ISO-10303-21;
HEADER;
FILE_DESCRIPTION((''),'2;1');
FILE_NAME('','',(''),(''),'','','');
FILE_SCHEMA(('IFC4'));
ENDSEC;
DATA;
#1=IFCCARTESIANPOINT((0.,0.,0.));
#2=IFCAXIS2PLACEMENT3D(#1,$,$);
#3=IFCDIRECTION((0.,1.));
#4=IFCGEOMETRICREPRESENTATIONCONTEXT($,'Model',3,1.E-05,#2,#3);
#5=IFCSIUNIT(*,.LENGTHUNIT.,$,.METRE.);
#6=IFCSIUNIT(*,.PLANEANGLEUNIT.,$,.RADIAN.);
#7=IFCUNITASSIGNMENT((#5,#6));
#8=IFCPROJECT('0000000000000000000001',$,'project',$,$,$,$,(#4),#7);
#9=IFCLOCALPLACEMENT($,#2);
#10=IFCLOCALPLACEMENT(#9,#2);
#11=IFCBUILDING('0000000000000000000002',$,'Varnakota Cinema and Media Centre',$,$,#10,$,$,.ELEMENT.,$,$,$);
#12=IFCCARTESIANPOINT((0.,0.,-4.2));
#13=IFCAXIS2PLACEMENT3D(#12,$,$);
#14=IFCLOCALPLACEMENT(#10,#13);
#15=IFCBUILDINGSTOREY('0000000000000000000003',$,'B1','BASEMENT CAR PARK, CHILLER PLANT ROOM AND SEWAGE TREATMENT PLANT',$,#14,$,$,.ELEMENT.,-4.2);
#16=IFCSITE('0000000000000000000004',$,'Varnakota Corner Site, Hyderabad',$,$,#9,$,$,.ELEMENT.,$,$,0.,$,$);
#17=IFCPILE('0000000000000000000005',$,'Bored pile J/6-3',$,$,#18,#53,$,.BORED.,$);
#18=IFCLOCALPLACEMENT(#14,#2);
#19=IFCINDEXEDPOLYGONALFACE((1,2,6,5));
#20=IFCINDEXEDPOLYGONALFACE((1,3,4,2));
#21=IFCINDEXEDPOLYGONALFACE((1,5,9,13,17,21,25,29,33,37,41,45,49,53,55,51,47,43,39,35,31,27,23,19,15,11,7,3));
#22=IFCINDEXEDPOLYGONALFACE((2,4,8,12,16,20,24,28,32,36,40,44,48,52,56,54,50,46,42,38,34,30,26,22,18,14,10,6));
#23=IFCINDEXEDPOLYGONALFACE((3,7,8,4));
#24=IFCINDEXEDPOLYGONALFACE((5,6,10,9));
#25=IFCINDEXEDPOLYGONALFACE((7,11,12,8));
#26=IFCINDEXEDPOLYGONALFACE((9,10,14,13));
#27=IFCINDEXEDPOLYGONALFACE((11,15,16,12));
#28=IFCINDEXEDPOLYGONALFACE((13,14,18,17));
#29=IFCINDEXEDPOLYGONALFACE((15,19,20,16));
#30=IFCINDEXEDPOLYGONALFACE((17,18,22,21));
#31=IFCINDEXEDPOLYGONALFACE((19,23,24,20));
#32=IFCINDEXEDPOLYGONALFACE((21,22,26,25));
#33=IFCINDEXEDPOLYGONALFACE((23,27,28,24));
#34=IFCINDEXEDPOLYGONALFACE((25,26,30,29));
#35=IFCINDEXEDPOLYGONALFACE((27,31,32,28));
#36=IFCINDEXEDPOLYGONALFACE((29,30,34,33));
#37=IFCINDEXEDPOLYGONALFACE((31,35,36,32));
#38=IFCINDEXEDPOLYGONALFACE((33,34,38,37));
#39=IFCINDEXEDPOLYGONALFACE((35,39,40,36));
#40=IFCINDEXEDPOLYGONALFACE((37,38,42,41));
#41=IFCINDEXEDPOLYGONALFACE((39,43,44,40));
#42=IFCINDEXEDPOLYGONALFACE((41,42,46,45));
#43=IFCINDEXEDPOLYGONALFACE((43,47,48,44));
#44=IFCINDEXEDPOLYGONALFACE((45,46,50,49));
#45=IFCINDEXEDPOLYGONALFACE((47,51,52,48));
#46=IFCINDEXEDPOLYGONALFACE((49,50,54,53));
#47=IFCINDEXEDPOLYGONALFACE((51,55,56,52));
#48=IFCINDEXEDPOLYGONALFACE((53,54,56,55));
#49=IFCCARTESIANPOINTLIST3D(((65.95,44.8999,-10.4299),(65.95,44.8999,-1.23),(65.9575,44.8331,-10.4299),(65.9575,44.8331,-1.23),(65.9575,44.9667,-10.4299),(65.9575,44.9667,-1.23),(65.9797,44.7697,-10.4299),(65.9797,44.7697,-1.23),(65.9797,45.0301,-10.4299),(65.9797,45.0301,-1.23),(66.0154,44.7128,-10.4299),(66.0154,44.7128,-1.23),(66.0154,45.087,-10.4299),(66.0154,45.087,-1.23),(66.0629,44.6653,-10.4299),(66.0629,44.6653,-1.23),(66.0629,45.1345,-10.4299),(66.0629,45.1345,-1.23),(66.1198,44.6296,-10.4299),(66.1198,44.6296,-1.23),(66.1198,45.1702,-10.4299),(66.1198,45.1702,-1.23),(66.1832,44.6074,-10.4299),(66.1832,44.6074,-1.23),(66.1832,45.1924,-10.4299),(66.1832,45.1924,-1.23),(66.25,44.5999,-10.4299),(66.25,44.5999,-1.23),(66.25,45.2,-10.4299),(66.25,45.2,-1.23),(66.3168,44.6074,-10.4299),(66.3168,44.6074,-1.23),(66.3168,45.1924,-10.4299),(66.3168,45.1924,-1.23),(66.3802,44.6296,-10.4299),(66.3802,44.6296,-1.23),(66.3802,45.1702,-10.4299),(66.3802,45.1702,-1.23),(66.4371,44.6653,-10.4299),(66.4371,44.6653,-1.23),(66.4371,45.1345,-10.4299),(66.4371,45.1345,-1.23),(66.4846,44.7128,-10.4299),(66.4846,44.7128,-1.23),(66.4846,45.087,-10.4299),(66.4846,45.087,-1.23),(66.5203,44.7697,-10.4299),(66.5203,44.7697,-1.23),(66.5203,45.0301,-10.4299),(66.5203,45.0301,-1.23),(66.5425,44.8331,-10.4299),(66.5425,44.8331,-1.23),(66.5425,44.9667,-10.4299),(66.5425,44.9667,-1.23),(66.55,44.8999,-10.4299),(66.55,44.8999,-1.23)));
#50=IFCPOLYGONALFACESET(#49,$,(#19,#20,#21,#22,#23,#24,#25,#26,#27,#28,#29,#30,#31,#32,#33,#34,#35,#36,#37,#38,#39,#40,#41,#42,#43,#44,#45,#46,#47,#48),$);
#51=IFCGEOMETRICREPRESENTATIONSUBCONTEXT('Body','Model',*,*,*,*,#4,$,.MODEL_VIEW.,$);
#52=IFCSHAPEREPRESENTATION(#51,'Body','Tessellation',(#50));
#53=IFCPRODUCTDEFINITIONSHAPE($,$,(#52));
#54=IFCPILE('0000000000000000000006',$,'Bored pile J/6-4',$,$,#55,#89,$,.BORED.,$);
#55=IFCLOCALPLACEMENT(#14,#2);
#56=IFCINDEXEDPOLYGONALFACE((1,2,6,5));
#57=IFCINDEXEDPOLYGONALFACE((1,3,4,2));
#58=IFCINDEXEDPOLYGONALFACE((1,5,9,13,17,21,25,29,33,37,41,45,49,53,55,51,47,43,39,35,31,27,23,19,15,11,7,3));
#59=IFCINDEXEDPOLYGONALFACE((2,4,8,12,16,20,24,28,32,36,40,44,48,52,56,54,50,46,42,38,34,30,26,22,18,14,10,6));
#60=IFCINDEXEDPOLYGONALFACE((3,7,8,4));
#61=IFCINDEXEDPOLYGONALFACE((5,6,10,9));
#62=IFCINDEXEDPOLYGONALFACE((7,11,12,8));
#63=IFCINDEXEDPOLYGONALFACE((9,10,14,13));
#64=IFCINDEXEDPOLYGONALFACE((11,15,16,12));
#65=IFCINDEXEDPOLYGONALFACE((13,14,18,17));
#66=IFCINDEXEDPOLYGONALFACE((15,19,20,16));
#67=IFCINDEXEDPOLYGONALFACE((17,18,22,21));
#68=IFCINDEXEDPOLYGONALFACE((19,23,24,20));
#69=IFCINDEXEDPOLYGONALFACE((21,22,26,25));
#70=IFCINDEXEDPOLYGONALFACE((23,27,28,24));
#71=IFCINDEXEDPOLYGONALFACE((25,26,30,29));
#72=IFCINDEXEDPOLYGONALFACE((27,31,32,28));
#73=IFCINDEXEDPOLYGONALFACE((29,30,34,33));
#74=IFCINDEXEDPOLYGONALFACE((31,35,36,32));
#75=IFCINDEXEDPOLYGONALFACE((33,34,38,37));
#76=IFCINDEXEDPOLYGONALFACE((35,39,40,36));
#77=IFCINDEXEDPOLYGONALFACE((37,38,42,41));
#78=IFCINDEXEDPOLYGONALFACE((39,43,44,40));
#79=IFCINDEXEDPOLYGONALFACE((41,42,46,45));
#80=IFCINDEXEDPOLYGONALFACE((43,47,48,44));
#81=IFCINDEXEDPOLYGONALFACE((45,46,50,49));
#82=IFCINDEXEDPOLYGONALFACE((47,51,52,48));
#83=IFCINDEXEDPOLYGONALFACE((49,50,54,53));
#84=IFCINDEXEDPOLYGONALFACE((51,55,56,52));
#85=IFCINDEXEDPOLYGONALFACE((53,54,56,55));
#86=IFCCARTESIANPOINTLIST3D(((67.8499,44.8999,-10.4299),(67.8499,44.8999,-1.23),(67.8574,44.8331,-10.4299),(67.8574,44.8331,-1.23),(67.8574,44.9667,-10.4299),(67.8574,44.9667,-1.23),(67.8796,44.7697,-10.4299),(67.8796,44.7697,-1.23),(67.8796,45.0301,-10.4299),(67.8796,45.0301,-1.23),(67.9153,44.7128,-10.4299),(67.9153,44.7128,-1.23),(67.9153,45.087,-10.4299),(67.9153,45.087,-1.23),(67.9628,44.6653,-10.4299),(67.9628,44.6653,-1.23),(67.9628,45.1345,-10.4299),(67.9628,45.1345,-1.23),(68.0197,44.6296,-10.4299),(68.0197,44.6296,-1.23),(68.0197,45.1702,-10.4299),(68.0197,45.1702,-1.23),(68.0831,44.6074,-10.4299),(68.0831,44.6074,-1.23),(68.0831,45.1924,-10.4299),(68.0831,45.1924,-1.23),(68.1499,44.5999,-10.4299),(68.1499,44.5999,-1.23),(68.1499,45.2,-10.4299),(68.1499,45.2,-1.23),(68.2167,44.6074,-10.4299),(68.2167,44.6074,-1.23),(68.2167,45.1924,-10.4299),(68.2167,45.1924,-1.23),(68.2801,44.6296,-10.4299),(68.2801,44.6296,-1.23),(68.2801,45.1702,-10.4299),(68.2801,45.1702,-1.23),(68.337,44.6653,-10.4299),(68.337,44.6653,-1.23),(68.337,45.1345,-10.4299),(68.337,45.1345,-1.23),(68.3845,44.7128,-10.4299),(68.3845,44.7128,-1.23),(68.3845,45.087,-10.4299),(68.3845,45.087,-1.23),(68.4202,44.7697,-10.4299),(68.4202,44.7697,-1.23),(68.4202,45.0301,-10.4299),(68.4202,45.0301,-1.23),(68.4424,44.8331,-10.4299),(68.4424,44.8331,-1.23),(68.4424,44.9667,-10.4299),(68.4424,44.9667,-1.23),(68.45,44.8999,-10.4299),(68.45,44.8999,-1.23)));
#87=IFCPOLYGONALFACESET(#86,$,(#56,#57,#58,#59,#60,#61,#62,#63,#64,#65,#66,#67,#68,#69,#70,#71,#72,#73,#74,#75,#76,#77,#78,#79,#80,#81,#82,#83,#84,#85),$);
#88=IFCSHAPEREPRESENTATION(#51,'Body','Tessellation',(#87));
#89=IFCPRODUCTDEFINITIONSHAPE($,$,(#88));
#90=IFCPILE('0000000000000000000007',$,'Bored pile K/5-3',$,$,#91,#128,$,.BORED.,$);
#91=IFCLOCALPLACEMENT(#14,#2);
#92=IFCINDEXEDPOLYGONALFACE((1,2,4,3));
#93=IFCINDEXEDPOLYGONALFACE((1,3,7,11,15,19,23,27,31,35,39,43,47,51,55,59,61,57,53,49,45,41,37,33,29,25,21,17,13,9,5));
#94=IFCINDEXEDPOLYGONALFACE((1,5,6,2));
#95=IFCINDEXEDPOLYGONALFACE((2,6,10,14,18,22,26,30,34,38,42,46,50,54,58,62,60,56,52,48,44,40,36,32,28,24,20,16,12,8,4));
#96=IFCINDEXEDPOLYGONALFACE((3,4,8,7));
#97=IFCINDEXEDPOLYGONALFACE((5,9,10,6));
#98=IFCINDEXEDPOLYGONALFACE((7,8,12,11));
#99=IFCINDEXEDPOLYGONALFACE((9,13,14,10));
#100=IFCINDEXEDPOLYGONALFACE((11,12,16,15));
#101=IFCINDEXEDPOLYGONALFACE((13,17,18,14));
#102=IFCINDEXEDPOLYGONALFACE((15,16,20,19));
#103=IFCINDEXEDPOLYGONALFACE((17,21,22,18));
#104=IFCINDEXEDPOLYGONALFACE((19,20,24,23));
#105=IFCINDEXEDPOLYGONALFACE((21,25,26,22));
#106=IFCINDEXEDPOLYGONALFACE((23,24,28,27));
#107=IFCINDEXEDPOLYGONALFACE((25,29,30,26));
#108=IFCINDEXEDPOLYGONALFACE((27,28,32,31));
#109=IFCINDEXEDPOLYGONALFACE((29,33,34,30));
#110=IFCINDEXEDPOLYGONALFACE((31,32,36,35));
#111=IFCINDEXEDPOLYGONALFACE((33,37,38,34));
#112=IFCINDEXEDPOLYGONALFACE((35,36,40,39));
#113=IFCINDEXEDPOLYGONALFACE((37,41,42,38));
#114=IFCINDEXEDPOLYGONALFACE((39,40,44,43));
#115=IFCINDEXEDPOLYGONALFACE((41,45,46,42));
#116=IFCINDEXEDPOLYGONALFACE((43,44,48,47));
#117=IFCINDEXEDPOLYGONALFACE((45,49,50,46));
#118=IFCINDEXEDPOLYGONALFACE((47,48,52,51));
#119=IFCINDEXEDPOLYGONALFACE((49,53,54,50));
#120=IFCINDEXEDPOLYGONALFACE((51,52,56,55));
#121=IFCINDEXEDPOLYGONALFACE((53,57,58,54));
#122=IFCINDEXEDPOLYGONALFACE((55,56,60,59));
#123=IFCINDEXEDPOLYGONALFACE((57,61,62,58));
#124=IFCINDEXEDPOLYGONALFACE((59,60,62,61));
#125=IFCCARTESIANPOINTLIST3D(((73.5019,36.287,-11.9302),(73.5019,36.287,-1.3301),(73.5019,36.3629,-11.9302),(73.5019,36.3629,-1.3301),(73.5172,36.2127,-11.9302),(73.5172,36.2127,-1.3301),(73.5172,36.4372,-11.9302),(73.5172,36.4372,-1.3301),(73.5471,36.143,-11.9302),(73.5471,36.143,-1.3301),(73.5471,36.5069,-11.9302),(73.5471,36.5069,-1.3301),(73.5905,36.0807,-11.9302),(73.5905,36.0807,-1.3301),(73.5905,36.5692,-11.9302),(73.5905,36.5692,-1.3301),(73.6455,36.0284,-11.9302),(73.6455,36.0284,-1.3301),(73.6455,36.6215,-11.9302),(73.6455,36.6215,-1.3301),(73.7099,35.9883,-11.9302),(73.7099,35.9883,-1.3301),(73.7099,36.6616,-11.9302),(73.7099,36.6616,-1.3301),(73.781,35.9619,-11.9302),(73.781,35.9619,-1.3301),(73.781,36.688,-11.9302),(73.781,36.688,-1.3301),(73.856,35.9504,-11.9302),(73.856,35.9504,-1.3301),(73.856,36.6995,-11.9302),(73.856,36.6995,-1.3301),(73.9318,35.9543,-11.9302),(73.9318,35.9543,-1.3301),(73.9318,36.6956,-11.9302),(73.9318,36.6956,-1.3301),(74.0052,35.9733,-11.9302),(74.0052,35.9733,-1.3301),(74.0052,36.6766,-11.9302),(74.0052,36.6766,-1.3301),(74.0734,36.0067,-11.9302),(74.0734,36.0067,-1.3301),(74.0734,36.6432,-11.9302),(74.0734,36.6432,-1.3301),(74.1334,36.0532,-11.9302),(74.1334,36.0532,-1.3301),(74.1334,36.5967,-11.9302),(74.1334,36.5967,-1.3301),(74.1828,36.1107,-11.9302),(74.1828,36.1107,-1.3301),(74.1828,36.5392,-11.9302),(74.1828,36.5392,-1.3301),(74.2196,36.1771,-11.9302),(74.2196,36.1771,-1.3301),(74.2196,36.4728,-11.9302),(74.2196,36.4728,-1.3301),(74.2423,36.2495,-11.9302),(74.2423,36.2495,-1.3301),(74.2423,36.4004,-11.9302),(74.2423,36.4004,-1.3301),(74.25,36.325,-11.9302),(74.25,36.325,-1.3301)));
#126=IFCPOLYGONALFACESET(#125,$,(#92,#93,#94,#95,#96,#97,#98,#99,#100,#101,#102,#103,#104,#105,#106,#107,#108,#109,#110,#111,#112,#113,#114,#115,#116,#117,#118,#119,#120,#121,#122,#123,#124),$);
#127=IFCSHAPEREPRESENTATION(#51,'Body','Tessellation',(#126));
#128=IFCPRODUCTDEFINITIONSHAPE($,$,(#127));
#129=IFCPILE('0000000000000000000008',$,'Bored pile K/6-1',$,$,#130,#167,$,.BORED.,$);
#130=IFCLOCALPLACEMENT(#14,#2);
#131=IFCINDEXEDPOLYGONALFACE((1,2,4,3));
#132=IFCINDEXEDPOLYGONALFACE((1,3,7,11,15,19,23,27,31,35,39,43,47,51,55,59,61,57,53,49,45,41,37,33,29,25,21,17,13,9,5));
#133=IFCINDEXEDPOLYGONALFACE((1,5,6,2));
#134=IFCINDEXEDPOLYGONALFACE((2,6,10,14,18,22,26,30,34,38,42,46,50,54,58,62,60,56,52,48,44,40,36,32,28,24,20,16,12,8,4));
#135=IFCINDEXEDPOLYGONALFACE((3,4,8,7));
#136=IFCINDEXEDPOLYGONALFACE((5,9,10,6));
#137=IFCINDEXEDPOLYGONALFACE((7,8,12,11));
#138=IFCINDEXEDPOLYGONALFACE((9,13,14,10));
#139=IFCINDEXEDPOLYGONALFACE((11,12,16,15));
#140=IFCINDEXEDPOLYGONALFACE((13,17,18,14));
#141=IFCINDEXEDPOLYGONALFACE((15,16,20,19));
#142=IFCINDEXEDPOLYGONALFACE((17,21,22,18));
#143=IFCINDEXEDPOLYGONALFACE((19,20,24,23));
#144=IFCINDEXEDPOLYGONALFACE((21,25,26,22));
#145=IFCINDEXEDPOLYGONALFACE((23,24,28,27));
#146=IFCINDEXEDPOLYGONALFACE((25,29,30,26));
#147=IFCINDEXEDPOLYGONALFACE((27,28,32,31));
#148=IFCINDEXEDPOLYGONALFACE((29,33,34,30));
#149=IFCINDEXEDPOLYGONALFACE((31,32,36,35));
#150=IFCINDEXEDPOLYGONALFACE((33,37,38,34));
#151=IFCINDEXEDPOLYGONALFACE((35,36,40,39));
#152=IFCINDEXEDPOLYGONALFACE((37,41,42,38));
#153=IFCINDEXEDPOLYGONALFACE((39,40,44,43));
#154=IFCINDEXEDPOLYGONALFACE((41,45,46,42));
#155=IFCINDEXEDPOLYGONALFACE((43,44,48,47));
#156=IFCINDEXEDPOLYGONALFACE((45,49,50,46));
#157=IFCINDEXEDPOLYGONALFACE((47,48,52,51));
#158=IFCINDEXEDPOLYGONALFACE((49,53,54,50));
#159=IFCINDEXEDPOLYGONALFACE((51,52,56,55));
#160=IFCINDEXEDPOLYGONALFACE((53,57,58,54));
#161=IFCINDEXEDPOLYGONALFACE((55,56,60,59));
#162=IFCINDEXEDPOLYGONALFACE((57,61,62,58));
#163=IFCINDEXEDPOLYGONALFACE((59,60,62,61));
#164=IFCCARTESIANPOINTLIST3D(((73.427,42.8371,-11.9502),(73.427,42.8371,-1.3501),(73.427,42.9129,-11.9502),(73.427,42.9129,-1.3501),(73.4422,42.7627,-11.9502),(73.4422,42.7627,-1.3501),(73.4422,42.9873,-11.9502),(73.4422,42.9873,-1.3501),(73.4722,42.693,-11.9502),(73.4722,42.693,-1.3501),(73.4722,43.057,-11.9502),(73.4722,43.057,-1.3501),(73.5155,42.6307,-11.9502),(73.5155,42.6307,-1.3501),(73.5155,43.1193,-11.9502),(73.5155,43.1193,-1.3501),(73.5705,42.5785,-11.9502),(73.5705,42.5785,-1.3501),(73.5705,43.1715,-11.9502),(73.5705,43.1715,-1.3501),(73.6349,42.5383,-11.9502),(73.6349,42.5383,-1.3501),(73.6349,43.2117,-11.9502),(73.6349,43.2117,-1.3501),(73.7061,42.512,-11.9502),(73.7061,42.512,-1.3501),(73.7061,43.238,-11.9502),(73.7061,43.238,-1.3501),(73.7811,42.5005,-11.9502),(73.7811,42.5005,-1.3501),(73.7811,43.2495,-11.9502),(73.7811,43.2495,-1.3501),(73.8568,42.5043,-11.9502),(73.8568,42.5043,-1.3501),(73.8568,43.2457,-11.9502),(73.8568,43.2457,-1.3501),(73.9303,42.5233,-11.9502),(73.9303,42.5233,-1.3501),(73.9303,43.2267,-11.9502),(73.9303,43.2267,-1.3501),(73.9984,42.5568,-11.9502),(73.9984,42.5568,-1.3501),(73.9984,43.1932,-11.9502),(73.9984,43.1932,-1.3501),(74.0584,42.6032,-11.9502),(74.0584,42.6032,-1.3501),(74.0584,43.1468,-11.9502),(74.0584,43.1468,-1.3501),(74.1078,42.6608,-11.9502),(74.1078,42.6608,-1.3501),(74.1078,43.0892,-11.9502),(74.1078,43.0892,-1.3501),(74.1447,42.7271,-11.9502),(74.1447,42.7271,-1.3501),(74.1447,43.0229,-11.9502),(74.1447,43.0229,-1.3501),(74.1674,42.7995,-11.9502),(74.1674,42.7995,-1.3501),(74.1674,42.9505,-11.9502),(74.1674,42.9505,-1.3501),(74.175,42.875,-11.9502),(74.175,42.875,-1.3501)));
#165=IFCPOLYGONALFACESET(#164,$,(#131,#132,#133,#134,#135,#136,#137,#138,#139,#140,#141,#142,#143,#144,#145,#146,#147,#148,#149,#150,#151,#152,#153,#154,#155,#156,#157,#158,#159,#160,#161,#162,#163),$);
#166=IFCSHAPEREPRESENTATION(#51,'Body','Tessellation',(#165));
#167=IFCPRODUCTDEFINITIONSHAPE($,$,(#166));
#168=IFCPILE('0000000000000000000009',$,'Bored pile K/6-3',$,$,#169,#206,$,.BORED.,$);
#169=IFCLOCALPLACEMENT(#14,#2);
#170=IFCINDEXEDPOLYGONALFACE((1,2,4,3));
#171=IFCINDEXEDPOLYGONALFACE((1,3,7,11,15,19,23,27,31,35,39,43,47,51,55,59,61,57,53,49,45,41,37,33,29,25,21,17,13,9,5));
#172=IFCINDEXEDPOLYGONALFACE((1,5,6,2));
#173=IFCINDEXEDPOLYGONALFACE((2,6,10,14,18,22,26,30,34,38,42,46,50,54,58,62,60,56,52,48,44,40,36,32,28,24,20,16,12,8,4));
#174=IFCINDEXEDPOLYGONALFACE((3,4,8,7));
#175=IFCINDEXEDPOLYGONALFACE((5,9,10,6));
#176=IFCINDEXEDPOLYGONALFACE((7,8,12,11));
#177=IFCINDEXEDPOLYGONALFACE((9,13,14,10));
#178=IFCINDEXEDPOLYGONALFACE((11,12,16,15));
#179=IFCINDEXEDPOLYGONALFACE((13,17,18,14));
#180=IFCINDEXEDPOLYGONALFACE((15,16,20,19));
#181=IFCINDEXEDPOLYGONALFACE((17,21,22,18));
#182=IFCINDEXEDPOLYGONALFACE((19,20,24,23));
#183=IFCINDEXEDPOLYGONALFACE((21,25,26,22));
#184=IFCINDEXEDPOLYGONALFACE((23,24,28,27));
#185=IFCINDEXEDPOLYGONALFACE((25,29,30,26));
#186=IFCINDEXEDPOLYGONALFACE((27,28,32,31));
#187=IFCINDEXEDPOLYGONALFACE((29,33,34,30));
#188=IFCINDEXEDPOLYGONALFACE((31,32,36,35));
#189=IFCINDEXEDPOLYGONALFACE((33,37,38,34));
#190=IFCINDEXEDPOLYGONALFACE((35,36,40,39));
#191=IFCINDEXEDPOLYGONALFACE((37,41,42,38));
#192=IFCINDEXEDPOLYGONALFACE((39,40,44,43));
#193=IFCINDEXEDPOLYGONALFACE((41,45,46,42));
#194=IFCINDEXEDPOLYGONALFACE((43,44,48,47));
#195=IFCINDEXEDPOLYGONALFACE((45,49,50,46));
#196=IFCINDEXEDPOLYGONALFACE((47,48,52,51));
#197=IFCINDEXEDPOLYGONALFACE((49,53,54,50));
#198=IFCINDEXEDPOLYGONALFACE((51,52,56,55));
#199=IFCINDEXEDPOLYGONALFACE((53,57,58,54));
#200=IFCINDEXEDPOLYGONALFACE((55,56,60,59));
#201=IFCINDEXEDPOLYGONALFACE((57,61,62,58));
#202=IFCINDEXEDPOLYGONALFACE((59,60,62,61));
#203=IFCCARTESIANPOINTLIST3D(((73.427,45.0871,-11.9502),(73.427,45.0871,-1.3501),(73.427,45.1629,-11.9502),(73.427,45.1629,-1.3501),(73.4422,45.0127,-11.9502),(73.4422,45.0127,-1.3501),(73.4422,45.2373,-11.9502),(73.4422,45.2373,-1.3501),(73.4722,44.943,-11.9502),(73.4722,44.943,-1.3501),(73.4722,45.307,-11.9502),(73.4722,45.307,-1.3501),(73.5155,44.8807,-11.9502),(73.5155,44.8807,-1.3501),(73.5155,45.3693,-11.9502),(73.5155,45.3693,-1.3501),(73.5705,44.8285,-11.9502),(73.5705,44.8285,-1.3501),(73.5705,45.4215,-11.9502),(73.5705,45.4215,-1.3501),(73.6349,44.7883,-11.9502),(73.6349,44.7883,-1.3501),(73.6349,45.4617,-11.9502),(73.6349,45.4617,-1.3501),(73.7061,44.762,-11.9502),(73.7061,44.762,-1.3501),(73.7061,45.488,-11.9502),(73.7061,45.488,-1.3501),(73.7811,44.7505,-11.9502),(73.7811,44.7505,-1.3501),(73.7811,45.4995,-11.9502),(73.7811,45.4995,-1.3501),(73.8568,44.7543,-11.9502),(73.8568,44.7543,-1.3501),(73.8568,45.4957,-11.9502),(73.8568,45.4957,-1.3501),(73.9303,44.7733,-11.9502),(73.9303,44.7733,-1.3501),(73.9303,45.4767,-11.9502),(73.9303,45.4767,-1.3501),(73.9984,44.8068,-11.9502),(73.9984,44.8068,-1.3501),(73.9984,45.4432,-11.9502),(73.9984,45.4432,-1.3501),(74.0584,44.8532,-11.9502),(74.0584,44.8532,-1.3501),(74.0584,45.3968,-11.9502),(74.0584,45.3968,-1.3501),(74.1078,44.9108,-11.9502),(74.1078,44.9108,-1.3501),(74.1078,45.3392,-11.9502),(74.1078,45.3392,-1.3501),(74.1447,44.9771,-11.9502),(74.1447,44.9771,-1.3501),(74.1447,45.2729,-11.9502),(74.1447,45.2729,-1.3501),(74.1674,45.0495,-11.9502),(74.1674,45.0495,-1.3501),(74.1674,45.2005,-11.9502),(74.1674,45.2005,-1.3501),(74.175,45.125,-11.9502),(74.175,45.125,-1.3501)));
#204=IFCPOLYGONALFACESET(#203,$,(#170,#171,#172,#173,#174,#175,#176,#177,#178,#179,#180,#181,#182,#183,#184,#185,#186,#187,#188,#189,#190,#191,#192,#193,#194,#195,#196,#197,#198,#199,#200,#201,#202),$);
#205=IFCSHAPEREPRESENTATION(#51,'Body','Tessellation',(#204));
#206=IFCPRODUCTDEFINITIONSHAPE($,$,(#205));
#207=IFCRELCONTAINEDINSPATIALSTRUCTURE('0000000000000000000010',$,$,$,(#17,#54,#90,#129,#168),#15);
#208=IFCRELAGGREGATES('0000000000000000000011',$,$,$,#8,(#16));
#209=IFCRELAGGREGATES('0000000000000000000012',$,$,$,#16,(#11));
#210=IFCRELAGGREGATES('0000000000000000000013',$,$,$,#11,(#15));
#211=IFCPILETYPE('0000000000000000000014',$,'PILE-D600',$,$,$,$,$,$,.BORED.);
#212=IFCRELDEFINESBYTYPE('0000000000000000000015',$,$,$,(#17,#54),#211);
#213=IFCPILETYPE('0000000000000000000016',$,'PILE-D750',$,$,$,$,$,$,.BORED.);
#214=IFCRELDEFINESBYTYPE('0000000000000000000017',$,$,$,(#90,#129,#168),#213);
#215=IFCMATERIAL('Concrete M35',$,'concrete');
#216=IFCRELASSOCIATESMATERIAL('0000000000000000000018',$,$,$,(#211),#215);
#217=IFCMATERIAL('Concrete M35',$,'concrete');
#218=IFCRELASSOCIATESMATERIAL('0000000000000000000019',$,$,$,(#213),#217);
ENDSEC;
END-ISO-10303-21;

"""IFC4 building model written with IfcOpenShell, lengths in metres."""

from ifc_helpers import new_model, si_unit, direction, frame, origin, origin_2d, place, context, subcontext, project, spatial, circle, extrude, material, material_profile, profile_set, type_object, element, save


model = new_model("IFC4")

# Units and contexts
model_context = context("Model", 3, precision=1e-05, world=origin(), true_north=direction((0.0, 1.0)))
body_context = subcontext(model_context, "Body", "Model", "MODEL_VIEW")
ifc_project = project(units=[si_unit("LENGTHUNIT", "METRE"), si_unit("PLANEANGLEUNIT", "RADIAN")], contexts=[model_context])

# Site, building, storey
site_placement = place(None, origin())
site = spatial("IfcSite", under=ifc_project, at=site_placement, Name="Varnakota Corner Site, Hyderabad", CompositionType="ELEMENT", RefElevation=0.0)
building_placement = place(site_placement, origin())
building = spatial("IfcBuilding", under=site, at=building_placement, Name="Varnakota Cinema and Media Centre", CompositionType="ELEMENT")
storey_placement = place(building_placement, frame((0.0, 0.0, -4.2)))
storey = spatial("IfcBuildingStorey", under=building, at=storey_placement, Name="B1", Description="BASEMENT CAR PARK, CHILLER PLANT ROOM AND SEWAGE TREATMENT PLANT", CompositionType="ELEMENT", Elevation=-4.2)

# Piles
ifc_material_1 = material(Name="Concrete M35", Category="concrete")
ifc_material_profile_1 = material_profile(ifc_material_1, circle(Radius=0.3, at=origin_2d()), Name="PILE D600")
ifc_profile_set_1 = profile_set([ifc_material_profile_1], Name="Concrete M35")
pile_type_1 = type_object("IfcPileType", Name="PILE-D600", PredefinedType="BORED", material=ifc_profile_set_1)
for number, where, z_axis, x_axis, name in (
    (1, (66.25, 44.8999, -1.23), (0.0, 0.0, -1.0), (1.0, 0.0, 0.0), "Bored pile J/6-3"),
    (2, (68.1499, 44.8999, -1.23), (0.0, 0.0, -1.0), (1.0, 0.0, 0.0), "Bored pile J/6-4"),
):
    element("IfcPile", number, at=place(storey_placement, frame(where, z_axis=z_axis, x_axis=x_axis)), inside=storey, type_object=pile_type_1, Name=name, PredefinedType="BORED", context=body_context, shape_type="SweptSolid", body=[
        extrude(circle(Radius=0.3, at=origin_2d()), origin(), (0.0, 0.0, 1.0), 9.2),
    ])
ifc_material_2 = material(Name="Concrete M35", Category="concrete")
ifc_material_profile_2 = material_profile(ifc_material_2, circle(Radius=0.375, at=origin_2d()), Name="PILE D750")
ifc_profile_set_2 = profile_set([ifc_material_profile_2], Name="Concrete M35")
pile_type_2 = type_object("IfcPileType", Name="PILE-D750", PredefinedType="BORED", material=ifc_profile_set_2)
for number, where, z_axis, x_axis, name in (
    (3, (73.875, 36.325, -1.3301), (0.0, 0.0, -1.0), (1.0, 0.0, 0.0), "Bored pile K/5-3"),
    (4, (73.8, 42.875, -1.3501), (0.0, 0.0, -1.0), (1.0, 0.0, 0.0), "Bored pile K/6-1"),
    (5, (73.8, 45.125, -1.3501), (0.0, 0.0, -1.0), (1.0, 0.0, 0.0), "Bored pile K/6-3"),
):
    element("IfcPile", number, at=place(storey_placement, frame(where, z_axis=z_axis, x_axis=x_axis)), inside=storey, type_object=pile_type_2, Name=name, PredefinedType="BORED", context=body_context, shape_type="SweptSolid", body=[
        extrude(circle(Radius=0.375, at=origin_2d()), origin(), (0.0, 0.0, 1.0), 10.6001),
    ])

save(model, "model.ifc")
